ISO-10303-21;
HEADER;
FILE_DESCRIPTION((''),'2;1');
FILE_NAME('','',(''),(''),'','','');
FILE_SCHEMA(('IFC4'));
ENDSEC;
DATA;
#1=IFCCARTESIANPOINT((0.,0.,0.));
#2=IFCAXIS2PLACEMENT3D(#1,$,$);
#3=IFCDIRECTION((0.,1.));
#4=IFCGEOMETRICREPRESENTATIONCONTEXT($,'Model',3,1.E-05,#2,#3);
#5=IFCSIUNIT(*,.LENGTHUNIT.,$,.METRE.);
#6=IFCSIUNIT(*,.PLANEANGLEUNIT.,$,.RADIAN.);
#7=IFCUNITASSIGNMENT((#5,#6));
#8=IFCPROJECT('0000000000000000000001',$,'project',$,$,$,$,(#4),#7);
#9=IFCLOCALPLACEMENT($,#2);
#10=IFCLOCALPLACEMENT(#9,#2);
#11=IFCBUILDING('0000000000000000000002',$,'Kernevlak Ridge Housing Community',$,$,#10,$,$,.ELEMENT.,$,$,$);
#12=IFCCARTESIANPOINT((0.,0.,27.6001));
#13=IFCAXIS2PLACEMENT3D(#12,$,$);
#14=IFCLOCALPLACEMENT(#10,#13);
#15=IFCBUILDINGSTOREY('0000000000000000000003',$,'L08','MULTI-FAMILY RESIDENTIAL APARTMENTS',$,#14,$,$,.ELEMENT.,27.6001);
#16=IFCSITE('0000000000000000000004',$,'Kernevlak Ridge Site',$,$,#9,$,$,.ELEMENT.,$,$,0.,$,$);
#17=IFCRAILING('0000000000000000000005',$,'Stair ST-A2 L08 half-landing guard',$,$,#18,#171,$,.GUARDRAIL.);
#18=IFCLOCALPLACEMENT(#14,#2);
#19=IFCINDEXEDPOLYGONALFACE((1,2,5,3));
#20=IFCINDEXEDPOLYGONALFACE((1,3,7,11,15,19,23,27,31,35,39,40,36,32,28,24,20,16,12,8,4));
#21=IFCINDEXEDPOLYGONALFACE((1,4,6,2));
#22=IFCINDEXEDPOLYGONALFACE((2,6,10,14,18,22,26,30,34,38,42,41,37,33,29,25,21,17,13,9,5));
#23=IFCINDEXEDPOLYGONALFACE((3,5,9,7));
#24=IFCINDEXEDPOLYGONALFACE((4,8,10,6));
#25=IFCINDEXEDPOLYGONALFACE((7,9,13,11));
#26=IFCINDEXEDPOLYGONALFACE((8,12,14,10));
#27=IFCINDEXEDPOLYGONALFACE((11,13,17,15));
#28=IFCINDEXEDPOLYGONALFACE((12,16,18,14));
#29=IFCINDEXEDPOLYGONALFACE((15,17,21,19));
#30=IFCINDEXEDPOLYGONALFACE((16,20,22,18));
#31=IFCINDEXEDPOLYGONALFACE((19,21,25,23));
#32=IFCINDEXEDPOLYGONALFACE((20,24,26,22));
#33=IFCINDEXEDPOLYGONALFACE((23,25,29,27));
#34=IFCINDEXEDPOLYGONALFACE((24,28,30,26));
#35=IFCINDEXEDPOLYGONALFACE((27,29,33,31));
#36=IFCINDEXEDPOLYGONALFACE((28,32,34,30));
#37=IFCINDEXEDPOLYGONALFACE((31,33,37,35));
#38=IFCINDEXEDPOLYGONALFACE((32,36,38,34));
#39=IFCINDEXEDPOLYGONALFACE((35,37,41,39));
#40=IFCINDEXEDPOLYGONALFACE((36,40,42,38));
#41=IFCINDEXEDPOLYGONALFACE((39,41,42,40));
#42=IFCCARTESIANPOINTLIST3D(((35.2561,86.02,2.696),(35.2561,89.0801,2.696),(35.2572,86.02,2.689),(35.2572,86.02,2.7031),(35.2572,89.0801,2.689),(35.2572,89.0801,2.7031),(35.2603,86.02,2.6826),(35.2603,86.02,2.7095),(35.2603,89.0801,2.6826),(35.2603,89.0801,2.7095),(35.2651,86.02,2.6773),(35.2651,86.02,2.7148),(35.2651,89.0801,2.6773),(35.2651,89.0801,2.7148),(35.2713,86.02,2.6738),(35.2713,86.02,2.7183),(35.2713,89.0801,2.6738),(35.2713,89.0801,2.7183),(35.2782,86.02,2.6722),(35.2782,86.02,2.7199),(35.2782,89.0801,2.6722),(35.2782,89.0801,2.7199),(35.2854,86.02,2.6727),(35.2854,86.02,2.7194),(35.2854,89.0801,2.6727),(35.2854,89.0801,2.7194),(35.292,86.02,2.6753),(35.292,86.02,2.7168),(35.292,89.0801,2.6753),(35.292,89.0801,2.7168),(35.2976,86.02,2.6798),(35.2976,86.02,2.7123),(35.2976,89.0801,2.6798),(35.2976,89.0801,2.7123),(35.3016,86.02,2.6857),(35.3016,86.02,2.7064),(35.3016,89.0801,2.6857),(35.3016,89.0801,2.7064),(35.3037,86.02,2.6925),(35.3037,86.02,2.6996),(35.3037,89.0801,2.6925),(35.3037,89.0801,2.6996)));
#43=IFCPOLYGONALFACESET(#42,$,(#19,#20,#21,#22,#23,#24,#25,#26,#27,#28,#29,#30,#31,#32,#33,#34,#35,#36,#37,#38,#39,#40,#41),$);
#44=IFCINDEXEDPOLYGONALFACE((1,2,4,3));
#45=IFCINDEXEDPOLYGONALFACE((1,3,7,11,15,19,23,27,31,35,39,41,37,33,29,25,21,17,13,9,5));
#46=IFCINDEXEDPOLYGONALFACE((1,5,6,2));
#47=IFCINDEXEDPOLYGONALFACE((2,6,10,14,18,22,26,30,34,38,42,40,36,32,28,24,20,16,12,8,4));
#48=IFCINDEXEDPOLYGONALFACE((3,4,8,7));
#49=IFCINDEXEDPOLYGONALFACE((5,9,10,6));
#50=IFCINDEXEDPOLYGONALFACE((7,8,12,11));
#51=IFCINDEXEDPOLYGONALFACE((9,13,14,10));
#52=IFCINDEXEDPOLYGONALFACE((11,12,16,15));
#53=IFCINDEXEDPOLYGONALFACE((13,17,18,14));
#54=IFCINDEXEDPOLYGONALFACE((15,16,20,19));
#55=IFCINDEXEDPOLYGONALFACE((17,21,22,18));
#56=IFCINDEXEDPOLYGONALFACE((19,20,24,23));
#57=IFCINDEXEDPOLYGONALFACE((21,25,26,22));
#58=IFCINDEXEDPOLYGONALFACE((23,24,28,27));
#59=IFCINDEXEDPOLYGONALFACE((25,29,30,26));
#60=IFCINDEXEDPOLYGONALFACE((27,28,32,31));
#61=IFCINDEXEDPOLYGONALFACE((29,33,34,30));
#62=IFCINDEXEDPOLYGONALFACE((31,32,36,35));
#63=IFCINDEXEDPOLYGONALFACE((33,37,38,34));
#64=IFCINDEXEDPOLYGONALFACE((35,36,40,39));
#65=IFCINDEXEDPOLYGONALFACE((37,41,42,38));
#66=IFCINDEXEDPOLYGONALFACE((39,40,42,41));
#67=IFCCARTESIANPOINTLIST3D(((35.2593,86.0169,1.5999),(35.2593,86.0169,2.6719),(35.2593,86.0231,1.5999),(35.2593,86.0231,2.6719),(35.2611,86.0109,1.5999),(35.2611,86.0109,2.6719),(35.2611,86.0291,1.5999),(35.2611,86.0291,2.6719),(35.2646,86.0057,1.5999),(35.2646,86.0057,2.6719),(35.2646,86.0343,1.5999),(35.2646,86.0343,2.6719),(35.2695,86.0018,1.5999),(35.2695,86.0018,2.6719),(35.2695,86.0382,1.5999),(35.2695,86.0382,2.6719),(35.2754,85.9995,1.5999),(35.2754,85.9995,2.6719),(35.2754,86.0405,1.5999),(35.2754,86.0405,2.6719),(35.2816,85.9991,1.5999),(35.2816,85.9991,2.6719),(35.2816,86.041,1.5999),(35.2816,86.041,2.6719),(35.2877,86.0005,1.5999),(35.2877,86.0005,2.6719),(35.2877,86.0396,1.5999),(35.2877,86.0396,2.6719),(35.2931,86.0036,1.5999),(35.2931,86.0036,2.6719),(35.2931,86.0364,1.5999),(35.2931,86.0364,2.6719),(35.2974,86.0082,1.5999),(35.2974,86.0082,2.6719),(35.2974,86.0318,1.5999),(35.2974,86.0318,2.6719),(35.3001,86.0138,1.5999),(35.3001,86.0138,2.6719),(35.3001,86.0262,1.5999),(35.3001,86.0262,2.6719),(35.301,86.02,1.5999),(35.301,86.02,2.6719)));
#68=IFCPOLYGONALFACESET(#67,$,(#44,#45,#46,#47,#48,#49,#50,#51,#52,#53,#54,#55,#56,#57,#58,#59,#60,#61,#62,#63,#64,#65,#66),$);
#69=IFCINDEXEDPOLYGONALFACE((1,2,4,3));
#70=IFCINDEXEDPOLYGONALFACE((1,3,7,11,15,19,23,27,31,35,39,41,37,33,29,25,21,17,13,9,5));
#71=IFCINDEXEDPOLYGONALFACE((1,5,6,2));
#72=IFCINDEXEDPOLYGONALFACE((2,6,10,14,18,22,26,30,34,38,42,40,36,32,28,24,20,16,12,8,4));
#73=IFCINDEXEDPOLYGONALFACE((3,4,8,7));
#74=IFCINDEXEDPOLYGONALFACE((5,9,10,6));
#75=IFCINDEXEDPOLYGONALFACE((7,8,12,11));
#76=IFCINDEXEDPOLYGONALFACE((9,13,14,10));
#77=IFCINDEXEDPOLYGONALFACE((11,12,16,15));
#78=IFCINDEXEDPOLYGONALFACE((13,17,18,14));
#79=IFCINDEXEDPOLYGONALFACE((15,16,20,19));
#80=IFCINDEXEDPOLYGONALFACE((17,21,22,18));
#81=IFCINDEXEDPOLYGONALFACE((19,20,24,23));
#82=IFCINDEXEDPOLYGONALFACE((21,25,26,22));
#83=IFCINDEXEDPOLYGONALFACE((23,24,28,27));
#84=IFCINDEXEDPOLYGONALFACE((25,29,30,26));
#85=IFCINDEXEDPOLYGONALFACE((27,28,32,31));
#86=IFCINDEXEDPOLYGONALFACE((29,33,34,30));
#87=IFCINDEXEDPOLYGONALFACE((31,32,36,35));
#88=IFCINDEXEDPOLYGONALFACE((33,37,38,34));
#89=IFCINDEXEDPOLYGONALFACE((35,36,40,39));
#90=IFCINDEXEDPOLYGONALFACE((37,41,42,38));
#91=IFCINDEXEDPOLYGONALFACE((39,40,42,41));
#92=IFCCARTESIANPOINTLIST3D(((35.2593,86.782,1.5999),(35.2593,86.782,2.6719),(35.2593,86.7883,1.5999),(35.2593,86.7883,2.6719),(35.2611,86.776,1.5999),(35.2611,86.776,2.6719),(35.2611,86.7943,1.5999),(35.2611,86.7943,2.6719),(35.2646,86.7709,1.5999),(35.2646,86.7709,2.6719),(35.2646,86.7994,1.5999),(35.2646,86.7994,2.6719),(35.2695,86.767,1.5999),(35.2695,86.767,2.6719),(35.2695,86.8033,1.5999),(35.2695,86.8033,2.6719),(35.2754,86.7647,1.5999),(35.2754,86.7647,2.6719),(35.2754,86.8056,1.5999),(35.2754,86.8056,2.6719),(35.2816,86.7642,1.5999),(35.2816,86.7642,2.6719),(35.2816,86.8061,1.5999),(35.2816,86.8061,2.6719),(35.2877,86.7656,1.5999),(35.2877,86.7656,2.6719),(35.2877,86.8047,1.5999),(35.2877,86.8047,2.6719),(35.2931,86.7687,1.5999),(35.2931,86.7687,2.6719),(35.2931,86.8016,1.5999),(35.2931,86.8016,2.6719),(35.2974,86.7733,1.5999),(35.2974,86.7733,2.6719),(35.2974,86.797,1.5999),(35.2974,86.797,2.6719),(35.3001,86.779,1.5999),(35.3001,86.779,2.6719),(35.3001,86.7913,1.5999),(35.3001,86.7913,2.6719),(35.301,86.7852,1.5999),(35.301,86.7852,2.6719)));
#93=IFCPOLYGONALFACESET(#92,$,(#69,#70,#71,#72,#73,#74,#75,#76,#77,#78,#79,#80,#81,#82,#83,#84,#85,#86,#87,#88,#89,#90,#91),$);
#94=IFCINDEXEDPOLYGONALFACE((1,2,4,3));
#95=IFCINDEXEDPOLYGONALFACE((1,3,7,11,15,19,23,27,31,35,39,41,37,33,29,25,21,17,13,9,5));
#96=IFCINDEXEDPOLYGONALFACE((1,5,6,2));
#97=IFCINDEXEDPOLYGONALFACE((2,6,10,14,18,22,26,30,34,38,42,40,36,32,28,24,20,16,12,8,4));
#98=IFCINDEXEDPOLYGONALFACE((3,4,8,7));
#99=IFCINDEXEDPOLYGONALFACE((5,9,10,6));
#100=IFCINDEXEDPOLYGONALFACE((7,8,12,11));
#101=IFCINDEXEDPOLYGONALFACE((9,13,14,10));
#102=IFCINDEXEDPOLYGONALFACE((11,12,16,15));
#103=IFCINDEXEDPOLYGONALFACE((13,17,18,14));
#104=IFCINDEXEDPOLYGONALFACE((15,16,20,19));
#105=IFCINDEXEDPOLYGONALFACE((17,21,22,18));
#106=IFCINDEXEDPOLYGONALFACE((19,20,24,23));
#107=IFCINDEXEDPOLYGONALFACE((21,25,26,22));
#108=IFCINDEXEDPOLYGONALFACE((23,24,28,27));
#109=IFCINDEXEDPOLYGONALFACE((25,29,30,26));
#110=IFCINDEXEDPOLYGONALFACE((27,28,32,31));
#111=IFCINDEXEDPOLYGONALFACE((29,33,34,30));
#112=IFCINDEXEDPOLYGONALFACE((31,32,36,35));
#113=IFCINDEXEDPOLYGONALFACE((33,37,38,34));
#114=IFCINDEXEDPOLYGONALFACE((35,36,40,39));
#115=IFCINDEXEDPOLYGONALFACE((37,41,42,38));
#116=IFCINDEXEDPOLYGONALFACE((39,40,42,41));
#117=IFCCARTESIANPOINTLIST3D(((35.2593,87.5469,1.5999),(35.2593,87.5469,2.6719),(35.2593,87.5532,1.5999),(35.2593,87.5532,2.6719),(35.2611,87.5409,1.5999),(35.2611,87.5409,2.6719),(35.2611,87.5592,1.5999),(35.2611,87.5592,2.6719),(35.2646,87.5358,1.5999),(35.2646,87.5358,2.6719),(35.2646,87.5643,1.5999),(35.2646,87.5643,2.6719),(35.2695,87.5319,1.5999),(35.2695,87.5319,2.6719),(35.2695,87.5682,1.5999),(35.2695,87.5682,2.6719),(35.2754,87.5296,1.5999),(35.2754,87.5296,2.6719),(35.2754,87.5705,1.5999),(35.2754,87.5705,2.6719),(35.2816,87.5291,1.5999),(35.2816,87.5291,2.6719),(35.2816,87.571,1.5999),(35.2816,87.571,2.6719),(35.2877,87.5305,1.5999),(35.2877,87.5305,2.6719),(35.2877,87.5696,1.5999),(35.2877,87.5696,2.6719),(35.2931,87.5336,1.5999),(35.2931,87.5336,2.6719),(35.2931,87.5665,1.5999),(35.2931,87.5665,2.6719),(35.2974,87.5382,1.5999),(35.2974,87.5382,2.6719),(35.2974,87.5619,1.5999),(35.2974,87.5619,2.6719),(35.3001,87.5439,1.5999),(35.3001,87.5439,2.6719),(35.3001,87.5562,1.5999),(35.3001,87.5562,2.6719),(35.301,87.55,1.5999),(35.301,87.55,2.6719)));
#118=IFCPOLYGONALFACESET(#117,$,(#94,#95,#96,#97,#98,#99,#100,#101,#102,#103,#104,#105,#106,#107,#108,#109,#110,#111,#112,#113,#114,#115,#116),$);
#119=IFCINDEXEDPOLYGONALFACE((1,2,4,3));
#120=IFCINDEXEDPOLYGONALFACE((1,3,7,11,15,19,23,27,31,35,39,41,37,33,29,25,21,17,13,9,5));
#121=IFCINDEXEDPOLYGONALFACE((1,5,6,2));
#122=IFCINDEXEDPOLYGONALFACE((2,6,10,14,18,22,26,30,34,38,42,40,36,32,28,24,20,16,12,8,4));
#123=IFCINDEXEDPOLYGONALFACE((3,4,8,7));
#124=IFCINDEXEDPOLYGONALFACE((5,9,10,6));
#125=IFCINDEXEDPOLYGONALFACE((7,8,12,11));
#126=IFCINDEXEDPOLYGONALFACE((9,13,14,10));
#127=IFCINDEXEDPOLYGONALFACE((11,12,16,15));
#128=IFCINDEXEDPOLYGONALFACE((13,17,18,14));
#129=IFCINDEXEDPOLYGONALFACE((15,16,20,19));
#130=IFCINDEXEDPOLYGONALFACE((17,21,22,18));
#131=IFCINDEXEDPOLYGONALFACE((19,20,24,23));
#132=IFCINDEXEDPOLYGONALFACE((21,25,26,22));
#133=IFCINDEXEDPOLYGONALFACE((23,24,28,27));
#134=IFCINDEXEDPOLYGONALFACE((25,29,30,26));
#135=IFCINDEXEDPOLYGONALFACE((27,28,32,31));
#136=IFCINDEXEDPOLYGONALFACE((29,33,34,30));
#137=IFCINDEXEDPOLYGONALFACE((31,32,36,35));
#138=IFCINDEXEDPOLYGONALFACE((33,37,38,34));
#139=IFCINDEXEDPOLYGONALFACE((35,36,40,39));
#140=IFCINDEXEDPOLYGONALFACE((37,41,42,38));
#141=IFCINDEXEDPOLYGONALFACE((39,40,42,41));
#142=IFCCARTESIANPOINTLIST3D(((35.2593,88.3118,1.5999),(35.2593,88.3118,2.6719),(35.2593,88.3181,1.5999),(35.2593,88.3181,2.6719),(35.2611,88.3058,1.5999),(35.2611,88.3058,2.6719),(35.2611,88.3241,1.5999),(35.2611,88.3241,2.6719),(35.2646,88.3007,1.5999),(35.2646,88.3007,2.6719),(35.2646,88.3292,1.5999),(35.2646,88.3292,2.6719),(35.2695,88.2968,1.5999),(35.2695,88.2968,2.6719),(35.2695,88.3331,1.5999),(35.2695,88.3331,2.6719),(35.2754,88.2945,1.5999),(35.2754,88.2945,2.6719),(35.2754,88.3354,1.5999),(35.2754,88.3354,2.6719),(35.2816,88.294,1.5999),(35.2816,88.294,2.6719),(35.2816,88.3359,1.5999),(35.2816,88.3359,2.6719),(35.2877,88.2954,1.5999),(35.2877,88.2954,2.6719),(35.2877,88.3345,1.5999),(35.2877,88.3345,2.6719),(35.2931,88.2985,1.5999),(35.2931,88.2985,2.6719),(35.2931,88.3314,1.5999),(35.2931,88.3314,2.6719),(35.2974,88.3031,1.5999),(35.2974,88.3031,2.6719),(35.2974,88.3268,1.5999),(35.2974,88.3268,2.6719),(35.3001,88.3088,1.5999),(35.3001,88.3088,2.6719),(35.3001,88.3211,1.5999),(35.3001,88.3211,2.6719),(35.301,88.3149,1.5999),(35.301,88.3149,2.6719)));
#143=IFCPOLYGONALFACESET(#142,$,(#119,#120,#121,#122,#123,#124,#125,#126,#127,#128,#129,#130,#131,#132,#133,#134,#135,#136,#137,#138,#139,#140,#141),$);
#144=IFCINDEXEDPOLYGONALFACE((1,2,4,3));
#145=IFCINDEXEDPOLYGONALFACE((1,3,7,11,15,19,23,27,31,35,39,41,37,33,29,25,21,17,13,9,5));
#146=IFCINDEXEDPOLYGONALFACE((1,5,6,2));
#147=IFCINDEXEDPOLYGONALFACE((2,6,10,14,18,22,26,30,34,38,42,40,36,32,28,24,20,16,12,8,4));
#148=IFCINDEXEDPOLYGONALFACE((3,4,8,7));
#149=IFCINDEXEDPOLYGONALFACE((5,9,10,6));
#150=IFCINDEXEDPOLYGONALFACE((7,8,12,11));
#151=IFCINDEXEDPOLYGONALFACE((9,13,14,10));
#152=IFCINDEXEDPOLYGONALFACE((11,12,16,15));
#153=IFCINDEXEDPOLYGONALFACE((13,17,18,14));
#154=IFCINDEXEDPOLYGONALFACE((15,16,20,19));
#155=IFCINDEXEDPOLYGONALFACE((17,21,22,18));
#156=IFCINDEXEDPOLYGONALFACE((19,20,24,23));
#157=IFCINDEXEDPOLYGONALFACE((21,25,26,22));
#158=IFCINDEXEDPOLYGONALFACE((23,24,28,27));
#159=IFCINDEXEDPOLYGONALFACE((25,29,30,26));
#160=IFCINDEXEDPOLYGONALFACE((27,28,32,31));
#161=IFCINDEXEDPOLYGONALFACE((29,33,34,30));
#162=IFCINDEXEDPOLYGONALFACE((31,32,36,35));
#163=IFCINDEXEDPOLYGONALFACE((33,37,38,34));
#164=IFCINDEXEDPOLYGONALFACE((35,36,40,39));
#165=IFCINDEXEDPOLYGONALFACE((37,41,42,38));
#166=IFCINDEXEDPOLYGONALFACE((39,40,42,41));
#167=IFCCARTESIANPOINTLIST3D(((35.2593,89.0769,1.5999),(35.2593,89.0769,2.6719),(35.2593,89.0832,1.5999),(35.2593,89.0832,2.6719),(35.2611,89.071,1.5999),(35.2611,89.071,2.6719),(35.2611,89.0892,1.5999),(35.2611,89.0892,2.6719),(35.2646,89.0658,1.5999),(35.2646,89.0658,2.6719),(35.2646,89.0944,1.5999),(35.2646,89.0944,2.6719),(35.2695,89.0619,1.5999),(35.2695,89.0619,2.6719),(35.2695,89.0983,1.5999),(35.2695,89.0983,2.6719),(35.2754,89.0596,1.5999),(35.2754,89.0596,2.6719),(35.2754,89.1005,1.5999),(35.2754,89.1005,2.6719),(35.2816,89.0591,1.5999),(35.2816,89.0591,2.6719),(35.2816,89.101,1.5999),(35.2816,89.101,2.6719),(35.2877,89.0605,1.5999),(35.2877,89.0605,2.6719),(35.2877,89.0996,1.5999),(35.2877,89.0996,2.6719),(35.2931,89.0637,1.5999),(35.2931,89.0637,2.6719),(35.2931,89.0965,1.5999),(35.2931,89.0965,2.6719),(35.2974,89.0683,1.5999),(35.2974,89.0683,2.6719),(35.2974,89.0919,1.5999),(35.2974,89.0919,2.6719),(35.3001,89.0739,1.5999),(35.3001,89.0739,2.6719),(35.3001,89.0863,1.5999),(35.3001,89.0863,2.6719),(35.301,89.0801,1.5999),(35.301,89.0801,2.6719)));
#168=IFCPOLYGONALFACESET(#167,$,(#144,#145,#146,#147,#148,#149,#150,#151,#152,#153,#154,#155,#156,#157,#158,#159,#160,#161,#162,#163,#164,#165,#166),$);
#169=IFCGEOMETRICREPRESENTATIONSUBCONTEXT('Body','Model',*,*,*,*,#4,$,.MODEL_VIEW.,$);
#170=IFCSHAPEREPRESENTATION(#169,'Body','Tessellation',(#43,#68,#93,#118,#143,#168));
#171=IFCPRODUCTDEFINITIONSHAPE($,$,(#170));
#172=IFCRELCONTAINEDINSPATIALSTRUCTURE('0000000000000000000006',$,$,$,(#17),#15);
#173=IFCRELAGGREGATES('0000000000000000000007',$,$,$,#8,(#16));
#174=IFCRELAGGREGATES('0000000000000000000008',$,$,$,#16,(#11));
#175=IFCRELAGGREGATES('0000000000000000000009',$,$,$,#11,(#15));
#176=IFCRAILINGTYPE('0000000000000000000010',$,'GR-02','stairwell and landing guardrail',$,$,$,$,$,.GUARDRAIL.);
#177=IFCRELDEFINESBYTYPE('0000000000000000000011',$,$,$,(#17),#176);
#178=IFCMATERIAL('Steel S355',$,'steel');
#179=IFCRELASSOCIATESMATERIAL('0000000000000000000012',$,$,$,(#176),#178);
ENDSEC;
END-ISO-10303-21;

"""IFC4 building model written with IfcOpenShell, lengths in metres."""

from ifc_helpers import new_model, si_unit, direction, frame, origin, origin_2d, place, context, subcontext, project, spatial, circle, extrude, material, type_object, element, save


model = new_model("IFC4")

# Units and contexts
model_context = context("Model", 3, precision=1e-05, world=origin(), true_north=direction((0.0, 1.0)))
body_context = subcontext(model_context, "Body", "Model", "MODEL_VIEW")
ifc_project = project(units=[si_unit("LENGTHUNIT", "METRE"), si_unit("PLANEANGLEUNIT", "RADIAN")], contexts=[model_context])

# Site, building, storey
site_placement = place(None, origin())
site = spatial("IfcSite", under=ifc_project, at=site_placement, Name="Kernevlak Ridge Site", CompositionType="ELEMENT", RefElevation=0.0)
building_placement = place(site_placement, origin())
building = spatial("IfcBuilding", under=site, at=building_placement, Name="Kernevlak Ridge Housing Community", CompositionType="ELEMENT")
storey_placement = place(building_placement, frame((0.0, 0.0, 27.6001)))
storey = spatial("IfcBuildingStorey", under=building, at=storey_placement, Name="L08", Description="MULTI-FAMILY RESIDENTIAL APARTMENTS", CompositionType="ELEMENT", Elevation=27.6001)

# Railing
ifc_material_1 = material(Name="Steel S355", Category="steel")
railing_type_1 = type_object("IfcRailingType", Name="GR-02", Description="stairwell and landing guardrail", PredefinedType="GUARDRAIL", material=ifc_material_1)
railing_1_placement = place(storey_placement, frame((35.28, 86.02, 1.5999)))
element("IfcRailing", 1, at=railing_1_placement, inside=storey, type_object=railing_type_1, Name="Stair ST-A2 L08 half-landing guard", PredefinedType="GUARDRAIL", context=body_context, shape_type="SweptSolid", body=[
    extrude(circle(Radius=0.0239, at=origin_2d()), frame((0.0, 0.0, 1.0962), z_axis=(0.0, 1.0, 0.0), x_axis=(-1.0, 0.0, 0.0)), (0.0, 0.0, 1.0), 3.0601),
    extrude(circle(Radius=0.021, at=origin_2d()), origin(), (0.0, 0.0, 1.0), 1.072),
    extrude(circle(Radius=0.021, at=origin_2d()), frame((0.0, 0.7651, 0.0)), (0.0, 0.0, 1.0), 1.072),
    extrude(circle(Radius=0.021, at=origin_2d()), frame((0.0, 1.53, 0.0)), (0.0, 0.0, 1.0), 1.072),
    extrude(circle(Radius=0.021, at=origin_2d()), frame((0.0, 2.2949, 0.0)), (0.0, 0.0, 1.0), 1.072),
    extrude(circle(Radius=0.021, at=origin_2d()), frame((0.0, 3.0601, 0.0)), (0.0, 0.0, 1.0), 1.072),
])

save(model, "model.ifc")
